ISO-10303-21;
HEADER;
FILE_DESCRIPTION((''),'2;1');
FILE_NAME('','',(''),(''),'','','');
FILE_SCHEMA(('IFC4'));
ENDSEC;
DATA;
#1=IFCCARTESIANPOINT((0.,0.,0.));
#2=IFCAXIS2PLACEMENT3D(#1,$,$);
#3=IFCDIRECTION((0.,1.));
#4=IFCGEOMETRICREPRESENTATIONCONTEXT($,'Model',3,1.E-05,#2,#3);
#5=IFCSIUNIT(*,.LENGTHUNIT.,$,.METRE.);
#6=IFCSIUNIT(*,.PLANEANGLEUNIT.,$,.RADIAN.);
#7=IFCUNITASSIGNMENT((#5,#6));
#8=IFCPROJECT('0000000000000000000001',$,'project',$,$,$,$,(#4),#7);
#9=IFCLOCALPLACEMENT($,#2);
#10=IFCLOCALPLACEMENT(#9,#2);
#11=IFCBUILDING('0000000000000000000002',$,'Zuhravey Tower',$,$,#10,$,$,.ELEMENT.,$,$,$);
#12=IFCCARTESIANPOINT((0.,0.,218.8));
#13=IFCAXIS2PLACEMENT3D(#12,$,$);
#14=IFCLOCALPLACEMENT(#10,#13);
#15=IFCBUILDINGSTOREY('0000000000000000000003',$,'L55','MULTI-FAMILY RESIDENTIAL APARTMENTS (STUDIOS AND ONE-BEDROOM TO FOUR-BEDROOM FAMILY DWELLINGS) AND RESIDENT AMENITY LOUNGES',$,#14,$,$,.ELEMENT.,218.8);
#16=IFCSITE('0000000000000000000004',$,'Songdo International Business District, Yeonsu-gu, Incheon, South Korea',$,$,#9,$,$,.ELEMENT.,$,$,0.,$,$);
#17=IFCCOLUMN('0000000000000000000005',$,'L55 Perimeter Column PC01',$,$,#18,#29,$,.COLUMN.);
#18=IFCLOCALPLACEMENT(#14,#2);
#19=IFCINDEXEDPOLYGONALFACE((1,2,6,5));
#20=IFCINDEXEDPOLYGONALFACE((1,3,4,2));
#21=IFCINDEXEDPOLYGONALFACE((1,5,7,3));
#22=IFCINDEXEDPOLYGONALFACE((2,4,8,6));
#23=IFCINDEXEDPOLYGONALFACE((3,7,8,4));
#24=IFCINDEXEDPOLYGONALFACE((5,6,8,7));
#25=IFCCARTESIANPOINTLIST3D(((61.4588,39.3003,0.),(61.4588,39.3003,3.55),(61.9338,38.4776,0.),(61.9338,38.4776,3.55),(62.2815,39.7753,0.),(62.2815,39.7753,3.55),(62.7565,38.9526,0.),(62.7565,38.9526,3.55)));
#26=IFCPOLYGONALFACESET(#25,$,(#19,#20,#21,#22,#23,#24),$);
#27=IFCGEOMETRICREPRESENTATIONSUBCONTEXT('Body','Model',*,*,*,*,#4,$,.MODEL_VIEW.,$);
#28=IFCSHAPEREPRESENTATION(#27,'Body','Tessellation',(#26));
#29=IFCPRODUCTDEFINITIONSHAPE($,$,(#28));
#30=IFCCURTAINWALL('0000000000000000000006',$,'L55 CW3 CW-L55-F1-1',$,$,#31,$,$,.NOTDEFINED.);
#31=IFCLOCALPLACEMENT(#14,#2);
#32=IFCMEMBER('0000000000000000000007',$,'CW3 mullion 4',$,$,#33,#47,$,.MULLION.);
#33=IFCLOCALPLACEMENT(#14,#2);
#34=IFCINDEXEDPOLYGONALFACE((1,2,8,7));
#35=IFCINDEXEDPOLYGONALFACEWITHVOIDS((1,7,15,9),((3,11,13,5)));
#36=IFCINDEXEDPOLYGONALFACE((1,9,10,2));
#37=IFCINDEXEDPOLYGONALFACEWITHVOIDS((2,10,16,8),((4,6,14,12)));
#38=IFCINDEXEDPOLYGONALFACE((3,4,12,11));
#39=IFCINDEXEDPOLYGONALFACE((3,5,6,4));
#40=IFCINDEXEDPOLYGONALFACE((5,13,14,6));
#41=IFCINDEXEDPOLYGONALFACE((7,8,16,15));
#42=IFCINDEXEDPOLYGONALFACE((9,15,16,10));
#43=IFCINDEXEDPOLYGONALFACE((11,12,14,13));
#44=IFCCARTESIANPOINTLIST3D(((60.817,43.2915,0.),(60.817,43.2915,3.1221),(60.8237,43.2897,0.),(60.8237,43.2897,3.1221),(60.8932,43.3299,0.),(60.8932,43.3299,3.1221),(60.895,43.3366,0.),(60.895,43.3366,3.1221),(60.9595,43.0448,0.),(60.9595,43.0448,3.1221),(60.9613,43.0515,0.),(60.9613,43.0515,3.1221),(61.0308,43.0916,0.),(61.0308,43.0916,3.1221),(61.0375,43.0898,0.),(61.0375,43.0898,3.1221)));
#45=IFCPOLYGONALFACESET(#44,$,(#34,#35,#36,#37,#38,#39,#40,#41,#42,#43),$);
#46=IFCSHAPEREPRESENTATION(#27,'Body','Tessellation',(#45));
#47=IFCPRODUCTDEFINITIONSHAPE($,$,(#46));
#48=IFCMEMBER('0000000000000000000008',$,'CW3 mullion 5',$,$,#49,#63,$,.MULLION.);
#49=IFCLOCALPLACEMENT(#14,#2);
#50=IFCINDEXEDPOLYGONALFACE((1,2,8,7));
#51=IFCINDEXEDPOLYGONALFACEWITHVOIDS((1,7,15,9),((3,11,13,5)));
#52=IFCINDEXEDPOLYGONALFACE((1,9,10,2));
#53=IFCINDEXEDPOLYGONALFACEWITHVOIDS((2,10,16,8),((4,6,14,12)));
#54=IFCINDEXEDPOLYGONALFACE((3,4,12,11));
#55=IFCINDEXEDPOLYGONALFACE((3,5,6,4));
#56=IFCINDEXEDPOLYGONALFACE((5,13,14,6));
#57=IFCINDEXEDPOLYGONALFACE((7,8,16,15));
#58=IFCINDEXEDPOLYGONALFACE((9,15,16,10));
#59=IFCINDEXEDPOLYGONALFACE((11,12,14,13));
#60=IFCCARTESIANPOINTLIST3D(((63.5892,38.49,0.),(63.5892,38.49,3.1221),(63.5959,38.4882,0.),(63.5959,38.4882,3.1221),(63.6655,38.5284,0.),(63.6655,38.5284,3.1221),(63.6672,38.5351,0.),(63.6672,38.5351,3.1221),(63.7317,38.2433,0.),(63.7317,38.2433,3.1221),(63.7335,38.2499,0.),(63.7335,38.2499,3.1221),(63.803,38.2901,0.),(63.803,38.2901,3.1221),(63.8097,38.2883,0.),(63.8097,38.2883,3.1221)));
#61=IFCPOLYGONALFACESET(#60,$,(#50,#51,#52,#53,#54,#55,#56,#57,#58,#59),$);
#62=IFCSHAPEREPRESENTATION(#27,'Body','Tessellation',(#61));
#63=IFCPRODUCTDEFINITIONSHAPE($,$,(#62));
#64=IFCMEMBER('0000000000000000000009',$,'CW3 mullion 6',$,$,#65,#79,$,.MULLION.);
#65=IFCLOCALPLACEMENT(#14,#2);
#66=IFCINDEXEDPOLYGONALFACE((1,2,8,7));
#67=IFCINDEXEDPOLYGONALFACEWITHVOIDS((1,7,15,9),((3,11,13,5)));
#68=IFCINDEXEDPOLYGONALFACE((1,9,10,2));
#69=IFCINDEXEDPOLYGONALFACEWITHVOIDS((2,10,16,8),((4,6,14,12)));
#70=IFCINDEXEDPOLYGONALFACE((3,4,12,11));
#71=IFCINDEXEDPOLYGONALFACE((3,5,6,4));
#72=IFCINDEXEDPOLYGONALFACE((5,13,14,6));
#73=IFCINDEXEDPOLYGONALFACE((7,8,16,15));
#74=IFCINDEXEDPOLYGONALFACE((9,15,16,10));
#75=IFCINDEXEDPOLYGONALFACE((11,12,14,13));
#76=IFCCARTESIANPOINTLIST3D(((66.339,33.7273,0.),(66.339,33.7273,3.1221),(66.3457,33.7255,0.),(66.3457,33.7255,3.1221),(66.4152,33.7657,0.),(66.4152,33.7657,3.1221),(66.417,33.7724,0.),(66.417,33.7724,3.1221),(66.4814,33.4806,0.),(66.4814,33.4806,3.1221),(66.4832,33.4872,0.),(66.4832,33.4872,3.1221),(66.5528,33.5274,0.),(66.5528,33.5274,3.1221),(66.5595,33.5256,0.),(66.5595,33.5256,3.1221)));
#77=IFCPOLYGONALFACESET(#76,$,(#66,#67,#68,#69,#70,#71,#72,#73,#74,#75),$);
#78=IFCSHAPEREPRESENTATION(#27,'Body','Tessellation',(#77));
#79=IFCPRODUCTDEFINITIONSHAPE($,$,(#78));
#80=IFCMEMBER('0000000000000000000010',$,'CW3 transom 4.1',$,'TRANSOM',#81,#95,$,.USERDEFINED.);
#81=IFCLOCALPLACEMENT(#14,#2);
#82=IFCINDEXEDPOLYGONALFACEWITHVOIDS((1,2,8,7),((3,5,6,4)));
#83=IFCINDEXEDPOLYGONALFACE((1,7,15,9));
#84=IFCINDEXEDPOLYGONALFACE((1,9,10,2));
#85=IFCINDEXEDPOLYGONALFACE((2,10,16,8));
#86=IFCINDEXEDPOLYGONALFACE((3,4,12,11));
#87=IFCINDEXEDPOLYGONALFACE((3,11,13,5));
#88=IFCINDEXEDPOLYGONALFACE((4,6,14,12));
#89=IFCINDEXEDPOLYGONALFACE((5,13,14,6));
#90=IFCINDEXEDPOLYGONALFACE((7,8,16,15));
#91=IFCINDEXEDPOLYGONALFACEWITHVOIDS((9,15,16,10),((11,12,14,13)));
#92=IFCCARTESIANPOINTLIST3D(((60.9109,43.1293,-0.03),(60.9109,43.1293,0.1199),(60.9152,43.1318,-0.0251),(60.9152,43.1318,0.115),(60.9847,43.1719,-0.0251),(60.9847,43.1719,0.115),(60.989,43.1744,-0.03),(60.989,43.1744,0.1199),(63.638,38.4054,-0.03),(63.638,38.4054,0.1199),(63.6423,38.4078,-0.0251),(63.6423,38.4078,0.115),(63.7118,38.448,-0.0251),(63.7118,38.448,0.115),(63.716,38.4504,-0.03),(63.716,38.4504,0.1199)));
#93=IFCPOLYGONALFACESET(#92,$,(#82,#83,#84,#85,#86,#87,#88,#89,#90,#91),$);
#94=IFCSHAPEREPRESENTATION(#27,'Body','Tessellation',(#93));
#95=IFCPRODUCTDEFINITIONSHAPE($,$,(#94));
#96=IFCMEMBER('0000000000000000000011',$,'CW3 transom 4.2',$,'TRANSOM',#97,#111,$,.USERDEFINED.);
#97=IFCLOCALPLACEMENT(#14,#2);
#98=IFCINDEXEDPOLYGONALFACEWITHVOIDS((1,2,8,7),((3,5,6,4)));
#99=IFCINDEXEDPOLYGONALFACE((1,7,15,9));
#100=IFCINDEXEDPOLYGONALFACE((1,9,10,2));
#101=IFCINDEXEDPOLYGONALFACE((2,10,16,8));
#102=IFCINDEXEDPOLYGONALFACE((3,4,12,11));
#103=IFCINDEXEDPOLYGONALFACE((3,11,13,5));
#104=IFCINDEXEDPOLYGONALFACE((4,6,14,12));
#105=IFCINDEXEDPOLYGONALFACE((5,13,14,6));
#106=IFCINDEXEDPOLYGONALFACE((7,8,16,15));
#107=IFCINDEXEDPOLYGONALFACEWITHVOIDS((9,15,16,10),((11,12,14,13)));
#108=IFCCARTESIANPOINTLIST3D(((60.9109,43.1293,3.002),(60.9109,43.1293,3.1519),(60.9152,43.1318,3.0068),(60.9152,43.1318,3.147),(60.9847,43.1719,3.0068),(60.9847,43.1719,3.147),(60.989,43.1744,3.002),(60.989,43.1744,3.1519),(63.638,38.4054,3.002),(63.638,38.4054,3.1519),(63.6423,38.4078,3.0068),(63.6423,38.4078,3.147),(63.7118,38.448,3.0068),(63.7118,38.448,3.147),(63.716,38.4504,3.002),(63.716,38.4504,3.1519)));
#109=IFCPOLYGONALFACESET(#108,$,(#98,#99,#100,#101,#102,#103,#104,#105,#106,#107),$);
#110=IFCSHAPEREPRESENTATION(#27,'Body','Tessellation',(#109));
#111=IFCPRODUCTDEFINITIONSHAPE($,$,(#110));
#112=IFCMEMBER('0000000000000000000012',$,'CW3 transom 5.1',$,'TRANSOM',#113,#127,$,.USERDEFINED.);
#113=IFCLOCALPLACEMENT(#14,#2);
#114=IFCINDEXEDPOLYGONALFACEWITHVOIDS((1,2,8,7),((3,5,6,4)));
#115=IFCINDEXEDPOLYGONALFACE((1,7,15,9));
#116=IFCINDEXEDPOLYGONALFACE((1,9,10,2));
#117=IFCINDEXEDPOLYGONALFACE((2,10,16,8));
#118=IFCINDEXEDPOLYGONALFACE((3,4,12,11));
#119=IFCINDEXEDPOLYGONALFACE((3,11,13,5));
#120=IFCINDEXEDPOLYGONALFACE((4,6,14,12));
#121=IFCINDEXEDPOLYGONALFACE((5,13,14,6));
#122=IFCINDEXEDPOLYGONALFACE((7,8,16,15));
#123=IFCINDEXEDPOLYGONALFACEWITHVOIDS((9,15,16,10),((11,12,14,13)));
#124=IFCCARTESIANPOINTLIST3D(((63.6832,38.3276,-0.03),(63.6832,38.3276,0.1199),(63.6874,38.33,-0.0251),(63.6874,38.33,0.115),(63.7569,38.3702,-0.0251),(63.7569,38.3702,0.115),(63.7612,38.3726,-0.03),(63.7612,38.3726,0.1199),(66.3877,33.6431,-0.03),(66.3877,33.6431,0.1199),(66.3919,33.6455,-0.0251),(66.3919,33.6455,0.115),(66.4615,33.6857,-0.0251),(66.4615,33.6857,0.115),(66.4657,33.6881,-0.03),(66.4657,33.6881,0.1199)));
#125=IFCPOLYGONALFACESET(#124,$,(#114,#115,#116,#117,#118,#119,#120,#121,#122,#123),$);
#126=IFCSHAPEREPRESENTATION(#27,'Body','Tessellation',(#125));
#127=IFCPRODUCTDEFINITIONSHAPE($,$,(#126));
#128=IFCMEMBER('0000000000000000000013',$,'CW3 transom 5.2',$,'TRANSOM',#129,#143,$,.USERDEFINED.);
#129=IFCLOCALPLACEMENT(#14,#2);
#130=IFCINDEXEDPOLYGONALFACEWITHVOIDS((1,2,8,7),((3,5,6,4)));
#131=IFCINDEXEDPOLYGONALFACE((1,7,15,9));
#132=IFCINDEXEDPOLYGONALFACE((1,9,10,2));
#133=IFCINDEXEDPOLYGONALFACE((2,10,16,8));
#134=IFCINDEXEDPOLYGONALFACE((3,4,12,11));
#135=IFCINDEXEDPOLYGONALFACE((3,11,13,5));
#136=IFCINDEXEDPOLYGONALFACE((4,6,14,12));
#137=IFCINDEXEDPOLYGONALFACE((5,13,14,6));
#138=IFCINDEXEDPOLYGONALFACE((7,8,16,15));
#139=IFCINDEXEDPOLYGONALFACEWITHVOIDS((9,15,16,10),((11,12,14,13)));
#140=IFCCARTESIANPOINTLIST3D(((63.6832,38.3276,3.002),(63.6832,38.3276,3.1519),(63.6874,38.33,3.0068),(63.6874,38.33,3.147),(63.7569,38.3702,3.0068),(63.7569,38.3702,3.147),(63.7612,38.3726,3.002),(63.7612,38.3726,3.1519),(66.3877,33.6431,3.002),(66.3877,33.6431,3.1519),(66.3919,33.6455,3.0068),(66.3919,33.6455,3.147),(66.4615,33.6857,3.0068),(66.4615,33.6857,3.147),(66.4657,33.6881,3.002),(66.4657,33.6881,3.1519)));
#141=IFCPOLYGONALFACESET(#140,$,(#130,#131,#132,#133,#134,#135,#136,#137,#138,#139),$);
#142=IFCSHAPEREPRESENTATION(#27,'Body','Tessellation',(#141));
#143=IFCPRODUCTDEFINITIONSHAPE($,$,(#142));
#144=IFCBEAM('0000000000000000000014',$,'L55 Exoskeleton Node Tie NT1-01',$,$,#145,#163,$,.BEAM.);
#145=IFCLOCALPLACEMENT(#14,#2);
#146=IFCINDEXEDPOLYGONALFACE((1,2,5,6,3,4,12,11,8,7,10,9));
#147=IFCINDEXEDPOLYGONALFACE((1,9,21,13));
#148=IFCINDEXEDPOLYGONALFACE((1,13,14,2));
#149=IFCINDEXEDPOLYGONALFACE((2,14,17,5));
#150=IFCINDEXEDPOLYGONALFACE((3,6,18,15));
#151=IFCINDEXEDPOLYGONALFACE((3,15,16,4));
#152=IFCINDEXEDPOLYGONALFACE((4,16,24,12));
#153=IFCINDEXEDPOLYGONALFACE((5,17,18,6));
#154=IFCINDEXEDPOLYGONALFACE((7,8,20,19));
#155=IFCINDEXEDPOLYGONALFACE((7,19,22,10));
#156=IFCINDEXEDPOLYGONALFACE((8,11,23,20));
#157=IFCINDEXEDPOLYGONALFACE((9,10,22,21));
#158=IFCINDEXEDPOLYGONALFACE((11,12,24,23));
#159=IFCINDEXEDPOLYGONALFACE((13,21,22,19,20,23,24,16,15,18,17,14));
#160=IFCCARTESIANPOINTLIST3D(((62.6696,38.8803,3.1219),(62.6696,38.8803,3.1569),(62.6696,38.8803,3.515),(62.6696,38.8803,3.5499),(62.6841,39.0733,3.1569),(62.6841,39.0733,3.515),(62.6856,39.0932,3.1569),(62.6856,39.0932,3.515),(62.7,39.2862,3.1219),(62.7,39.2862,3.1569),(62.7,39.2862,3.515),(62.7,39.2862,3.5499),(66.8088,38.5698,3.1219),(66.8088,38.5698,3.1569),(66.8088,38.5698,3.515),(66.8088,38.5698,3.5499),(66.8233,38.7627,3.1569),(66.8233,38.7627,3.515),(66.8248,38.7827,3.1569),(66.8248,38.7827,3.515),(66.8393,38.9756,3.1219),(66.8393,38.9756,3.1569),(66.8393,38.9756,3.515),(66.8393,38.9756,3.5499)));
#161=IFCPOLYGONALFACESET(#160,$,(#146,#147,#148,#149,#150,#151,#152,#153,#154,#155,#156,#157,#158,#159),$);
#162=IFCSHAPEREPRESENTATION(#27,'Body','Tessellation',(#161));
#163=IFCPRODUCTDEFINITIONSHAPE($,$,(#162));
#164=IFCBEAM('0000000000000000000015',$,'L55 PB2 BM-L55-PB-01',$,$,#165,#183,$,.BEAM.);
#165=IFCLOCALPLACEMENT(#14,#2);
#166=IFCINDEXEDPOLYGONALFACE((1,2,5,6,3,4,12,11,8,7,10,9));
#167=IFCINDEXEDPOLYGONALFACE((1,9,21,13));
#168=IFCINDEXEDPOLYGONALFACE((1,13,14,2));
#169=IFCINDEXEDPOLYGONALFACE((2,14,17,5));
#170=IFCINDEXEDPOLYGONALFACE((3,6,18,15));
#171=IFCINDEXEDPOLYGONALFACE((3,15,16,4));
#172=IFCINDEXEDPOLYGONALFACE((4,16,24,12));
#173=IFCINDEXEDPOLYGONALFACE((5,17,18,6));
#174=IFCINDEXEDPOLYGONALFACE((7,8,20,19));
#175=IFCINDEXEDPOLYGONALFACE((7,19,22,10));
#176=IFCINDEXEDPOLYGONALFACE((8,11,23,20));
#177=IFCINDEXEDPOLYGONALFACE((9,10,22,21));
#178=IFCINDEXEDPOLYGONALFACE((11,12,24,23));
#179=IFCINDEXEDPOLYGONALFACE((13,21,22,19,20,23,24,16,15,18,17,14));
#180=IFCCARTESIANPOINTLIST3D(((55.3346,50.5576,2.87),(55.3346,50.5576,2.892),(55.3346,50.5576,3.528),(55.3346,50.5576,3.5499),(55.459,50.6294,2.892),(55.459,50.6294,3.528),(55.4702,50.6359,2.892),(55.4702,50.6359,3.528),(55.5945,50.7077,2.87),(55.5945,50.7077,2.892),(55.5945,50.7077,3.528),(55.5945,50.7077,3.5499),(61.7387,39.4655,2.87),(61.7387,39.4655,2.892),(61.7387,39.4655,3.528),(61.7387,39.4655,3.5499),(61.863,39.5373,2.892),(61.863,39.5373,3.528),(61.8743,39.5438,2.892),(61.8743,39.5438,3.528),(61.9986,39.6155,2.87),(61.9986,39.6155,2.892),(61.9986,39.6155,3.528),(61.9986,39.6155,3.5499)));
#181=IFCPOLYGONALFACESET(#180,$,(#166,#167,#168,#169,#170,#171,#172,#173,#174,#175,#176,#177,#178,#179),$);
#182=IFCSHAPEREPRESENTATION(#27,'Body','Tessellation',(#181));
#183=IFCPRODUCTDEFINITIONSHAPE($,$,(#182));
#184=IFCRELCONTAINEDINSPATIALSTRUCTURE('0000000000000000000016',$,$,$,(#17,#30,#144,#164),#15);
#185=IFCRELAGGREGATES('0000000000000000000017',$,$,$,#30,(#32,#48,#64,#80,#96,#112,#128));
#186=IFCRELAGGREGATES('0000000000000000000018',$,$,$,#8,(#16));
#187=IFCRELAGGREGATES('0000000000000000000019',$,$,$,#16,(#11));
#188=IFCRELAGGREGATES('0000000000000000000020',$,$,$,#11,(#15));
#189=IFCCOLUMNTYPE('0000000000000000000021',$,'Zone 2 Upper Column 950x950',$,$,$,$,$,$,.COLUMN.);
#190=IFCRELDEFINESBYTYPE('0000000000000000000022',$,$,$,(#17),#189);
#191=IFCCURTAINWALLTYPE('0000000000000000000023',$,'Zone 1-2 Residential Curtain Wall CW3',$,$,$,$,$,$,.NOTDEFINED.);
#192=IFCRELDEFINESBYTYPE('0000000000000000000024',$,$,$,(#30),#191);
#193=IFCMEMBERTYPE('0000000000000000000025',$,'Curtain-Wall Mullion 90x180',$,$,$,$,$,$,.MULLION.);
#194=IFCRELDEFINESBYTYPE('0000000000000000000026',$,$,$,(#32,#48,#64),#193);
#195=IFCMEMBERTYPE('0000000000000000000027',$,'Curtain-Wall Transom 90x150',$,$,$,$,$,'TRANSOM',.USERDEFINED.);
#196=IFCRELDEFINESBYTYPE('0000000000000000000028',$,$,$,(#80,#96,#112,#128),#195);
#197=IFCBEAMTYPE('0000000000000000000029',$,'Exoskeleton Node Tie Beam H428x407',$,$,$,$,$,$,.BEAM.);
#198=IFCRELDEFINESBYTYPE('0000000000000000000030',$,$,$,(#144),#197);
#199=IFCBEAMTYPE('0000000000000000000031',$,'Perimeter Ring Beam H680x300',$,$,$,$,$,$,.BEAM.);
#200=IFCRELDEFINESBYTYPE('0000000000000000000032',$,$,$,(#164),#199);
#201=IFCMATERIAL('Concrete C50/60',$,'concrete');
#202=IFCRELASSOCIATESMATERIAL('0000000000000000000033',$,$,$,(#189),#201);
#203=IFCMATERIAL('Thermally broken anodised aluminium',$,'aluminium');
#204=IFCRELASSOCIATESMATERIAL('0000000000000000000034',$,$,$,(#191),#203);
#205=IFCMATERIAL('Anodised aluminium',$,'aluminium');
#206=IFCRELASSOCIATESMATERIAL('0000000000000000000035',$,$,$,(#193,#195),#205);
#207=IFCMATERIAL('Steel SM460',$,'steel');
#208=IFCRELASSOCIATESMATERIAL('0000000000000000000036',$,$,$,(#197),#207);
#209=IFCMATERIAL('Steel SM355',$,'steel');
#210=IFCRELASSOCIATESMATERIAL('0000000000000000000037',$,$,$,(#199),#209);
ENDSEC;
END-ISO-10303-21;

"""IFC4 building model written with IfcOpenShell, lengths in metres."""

from ifc_helpers import new_model, si_unit, direction, frame, origin, origin_2d, place, context, subcontext, project, spatial, rectangle, hollow_rectangle, i_section, extrude, material, material_profile, profile_set, type_object, element, aggregate, save


model = new_model("IFC4")

# Units and contexts
model_context = context("Model", 3, precision=1e-05, world=origin(), true_north=direction((0.0, 1.0)))
body_context = subcontext(model_context, "Body", "Model", "MODEL_VIEW")
ifc_project = project(units=[si_unit("LENGTHUNIT", "METRE"), si_unit("PLANEANGLEUNIT", "RADIAN")], contexts=[model_context])

# Site, building, storey
site_placement = place(None, origin())
site = spatial("IfcSite", under=ifc_project, at=site_placement, Name="Songdo International Business District, Yeonsu-gu, Incheon, South Korea", CompositionType="ELEMENT", RefElevation=0.0)
building_placement = place(site_placement, origin())
building = spatial("IfcBuilding", under=site, at=building_placement, Name="Zuhravey Tower", CompositionType="ELEMENT")
storey_placement = place(building_placement, frame((0.0, 0.0, 218.8)))
storey = spatial("IfcBuildingStorey", under=building, at=storey_placement, Name="L55", Description="MULTI-FAMILY RESIDENTIAL APARTMENTS (STUDIOS AND ONE-BEDROOM TO FOUR-BEDROOM FAMILY DWELLINGS) AND RESIDENT AMENITY LOUNGES", CompositionType="ELEMENT", Elevation=218.8)

# Column
ifc_material_1 = material(Name="Concrete C50/60", Category="concrete")
ifc_material_profile_1 = material_profile(ifc_material_1, rectangle(XDim=0.95, YDim=0.95, at=origin_2d()), Name="RC-950x950")
ifc_profile_set_1 = profile_set([ifc_material_profile_1], Name="Concrete C50/60")
column_type = type_object("IfcColumnType", Name="Zone 2 Upper Column 950x950", PredefinedType="COLUMN", material=ifc_profile_set_1)
column_placement = place(storey_placement, frame((62.1077, 39.1265, 0.0), z_axis=(0.0, 0.0, 1.0), x_axis=(-0.5, 0.866025, 0.0)))
element("IfcColumn", 1, at=column_placement, inside=storey, type_object=column_type, Name="L55 Perimeter Column PC01", PredefinedType="COLUMN", context=body_context, shape_type="SweptSolid", body=[
    extrude(rectangle(XDim=0.95, YDim=0.95, at=origin_2d()), origin(), (0.0, 0.0, 1.0), 3.55),
])

# Curtain wall, members
ifc_material_2 = material(Name="Thermally broken anodised aluminium", Category="aluminium")
curtain_wall_type = type_object("IfcCurtainWallType", Name="Zone 1-2 Residential Curtain Wall CW3", PredefinedType="NOTDEFINED", material=ifc_material_2)
curtain_wall_placement = place(storey_placement, origin())
curtain_wall = element("IfcCurtainWall", 2, at=curtain_wall_placement, inside=storey, type_object=curtain_wall_type, Name="L55 CW3 CW-L55-F1-1", PredefinedType="NOTDEFINED")
ifc_material_3 = material(Name="Anodised aluminium", Category="aluminium")
ifc_material_profile_2 = material_profile(ifc_material_3, hollow_rectangle(XDim=0.0901, YDim=0.2849, WallThickness=0.0049, at=origin_2d()), Name="ALU-RHS-90x285x5")
ifc_profile_set_2 = profile_set([ifc_material_profile_2], Name="Anodised aluminium")
member_type_1 = type_object("IfcMemberType", Name="Curtain-Wall Mullion 90x180", PredefinedType="MULLION", material=ifc_profile_set_2)
member_1_placement = place(storey_placement, frame((60.9272, 43.1907, 0.0), z_axis=(0.0, 0.0, 1.0), x_axis=(0.866025, 0.5, 0.0)))
member_1 = element("IfcMember", 3, at=member_1_placement, type_object=member_type_1, Name="CW3 mullion 4", PredefinedType="MULLION", context=body_context, shape_type="SweptSolid", body=[
    extrude(hollow_rectangle(XDim=0.0901, YDim=0.2849, WallThickness=0.0049, at=origin_2d()), origin(), (0.0, 0.0, 1.0), 3.1221),
])
member_2_placement = place(storey_placement, frame((63.6995, 38.3892, 0.0), z_axis=(0.0, 0.0, 1.0), x_axis=(0.866025, 0.5, 0.0)))
member_2 = element("IfcMember", 4, at=member_2_placement, type_object=member_type_1, Name="CW3 mullion 5", PredefinedType="MULLION", context=body_context, shape_type="SweptSolid", body=[
    extrude(hollow_rectangle(XDim=0.0901, YDim=0.2849, WallThickness=0.0049, at=origin_2d()), origin(), (0.0, 0.0, 1.0), 3.1221),
])
member_3_placement = place(storey_placement, frame((66.4492, 33.6265, 0.0), z_axis=(0.0, 0.0, 1.0), x_axis=(0.866025, 0.5, 0.0)))
member_3 = element("IfcMember", 5, at=member_3_placement, type_object=member_type_1, Name="CW3 mullion 6", PredefinedType="MULLION", context=body_context, shape_type="SweptSolid", body=[
    extrude(hollow_rectangle(XDim=0.0901, YDim=0.2849, WallThickness=0.0049, at=origin_2d()), origin(), (0.0, 0.0, 1.0), 3.1221),
])
ifc_material_profile_3 = material_profile(ifc_material_3, hollow_rectangle(XDim=0.0901, YDim=0.1499, WallThickness=0.0049, at=origin_2d()), Name="ALU-RHS-90x150x5")
ifc_profile_set_3 = profile_set([ifc_material_profile_3], Name="Anodised aluminium")
member_type_2 = type_object("IfcMemberType", Name="Curtain-Wall Transom 90x150", ElementType="TRANSOM", PredefinedType="USERDEFINED", material=ifc_profile_set_3)
member_4_placement = place(storey_placement, frame((60.95, 43.1519, 0.0449), z_axis=(0.499961, -0.866048, 0.0), x_axis=(0.866048, 0.499961, 0.0)))
member_4 = element("IfcMember", 6, at=member_4_placement, type_object=member_type_2, Name="CW3 transom 4.1", ObjectType="TRANSOM", PredefinedType="USERDEFINED", context=body_context, shape_type="SweptSolid", body=[
    extrude(hollow_rectangle(XDim=0.0901, YDim=0.1499, WallThickness=0.0049, at=origin_2d()), origin(), (0.0, 0.0, 1.0), 5.4546),
])
member_5_placement = place(storey_placement, frame((60.95, 43.1519, 3.0769), z_axis=(0.499961, -0.866048, 0.0), x_axis=(0.866048, 0.499961, 0.0)))
member_5 = element("IfcMember", 7, at=member_5_placement, type_object=member_type_2, Name="CW3 transom 4.2", ObjectType="TRANSOM", PredefinedType="USERDEFINED", context=body_context, shape_type="SweptSolid", body=[
    extrude(hollow_rectangle(XDim=0.0901, YDim=0.1499, WallThickness=0.0049, at=origin_2d()), origin(), (0.0, 0.0, 1.0), 5.4546),
])
member_6_placement = place(storey_placement, frame((63.7222, 38.3501, 0.0449), z_axis=(0.499993, -0.866029, 0.0), x_axis=(0.866029, 0.499993, 0.0)))
member_6 = element("IfcMember", 8, at=member_6_placement, type_object=member_type_2, Name="CW3 transom 5.1", ObjectType="TRANSOM", PredefinedType="USERDEFINED", context=body_context, shape_type="SweptSolid", body=[
    extrude(hollow_rectangle(XDim=0.0901, YDim=0.1499, WallThickness=0.0049, at=origin_2d()), origin(), (0.0, 0.0, 1.0), 5.4092),
])
member_7_placement = place(storey_placement, frame((63.7222, 38.3501, 3.0769), z_axis=(0.499993, -0.866029, 0.0), x_axis=(0.866029, 0.499993, 0.0)))
member_7 = element("IfcMember", 9, at=member_7_placement, type_object=member_type_2, Name="CW3 transom 5.2", ObjectType="TRANSOM", PredefinedType="USERDEFINED", context=body_context, shape_type="SweptSolid", body=[
    extrude(hollow_rectangle(XDim=0.0901, YDim=0.1499, WallThickness=0.0049, at=origin_2d()), origin(), (0.0, 0.0, 1.0), 5.4092),
])

# Beams
ifc_material_4 = material(Name="Steel SM460", Category="steel")
ifc_material_profile_4 = material_profile(ifc_material_4, i_section(OverallWidth=0.407, OverallDepth=0.428, WebThickness=0.02, FlangeThickness=0.0349, at=origin_2d()), Name="H-428x407x20x35")
ifc_profile_set_4 = profile_set([ifc_material_profile_4], Name="Steel SM460")
beam_type_1 = type_object("IfcBeamType", Name="Exoskeleton Node Tie Beam H428x407", PredefinedType="BEAM", material=ifc_profile_set_4)
beam_1_placement = place(storey_placement, frame((62.6848, 39.0833, 3.3359), z_axis=(0.997197, -0.074816, 0.0), x_axis=(0.074816, 0.997197, 0.0)))
element("IfcBeam", 10, at=beam_1_placement, inside=storey, type_object=beam_type_1, Name="L55 Exoskeleton Node Tie NT1-01", PredefinedType="BEAM", context=body_context, shape_type="SweptSolid", body=[
    extrude(i_section(OverallWidth=0.407, OverallDepth=0.428, WebThickness=0.02, FlangeThickness=0.0349, at=origin_2d()), origin(), (0.0, 0.0, 1.0), 4.1509),
])
ifc_material_5 = material(Name="Steel SM355", Category="steel")
ifc_material_profile_5 = material_profile(ifc_material_5, i_section(OverallWidth=0.3, OverallDepth=0.6799, WebThickness=0.0129, FlangeThickness=0.022, at=origin_2d()), Name="H-680x300x13x22")
ifc_profile_set_5 = profile_set([ifc_material_profile_5], Name="Steel SM355")
beam_type_2 = type_object("IfcBeamType", Name="Perimeter Ring Beam H680x300", PredefinedType="BEAM", material=ifc_profile_set_5)
beam_2_placement = place(storey_placement, frame((61.8687, 39.5405, 3.21), z_axis=(-0.500004, 0.866023, 0.0), x_axis=(-0.866023, -0.500004, 0.0)))
element("IfcBeam", 11, at=beam_2_placement, inside=storey, type_object=beam_type_2, Name="L55 PB2 BM-L55-PB-01", PredefinedType="BEAM", context=body_context, shape_type="SweptSolid", body=[
    extrude(i_section(OverallWidth=0.3, OverallDepth=0.6799, WebThickness=0.0129, FlangeThickness=0.022, at=origin_2d()), origin(), (0.0, 0.0, 1.0), 12.8081),
])

aggregate(curtain_wall, [member_1, member_2, member_3, member_4, member_5, member_6, member_7])

save(model, "model.ifc")
